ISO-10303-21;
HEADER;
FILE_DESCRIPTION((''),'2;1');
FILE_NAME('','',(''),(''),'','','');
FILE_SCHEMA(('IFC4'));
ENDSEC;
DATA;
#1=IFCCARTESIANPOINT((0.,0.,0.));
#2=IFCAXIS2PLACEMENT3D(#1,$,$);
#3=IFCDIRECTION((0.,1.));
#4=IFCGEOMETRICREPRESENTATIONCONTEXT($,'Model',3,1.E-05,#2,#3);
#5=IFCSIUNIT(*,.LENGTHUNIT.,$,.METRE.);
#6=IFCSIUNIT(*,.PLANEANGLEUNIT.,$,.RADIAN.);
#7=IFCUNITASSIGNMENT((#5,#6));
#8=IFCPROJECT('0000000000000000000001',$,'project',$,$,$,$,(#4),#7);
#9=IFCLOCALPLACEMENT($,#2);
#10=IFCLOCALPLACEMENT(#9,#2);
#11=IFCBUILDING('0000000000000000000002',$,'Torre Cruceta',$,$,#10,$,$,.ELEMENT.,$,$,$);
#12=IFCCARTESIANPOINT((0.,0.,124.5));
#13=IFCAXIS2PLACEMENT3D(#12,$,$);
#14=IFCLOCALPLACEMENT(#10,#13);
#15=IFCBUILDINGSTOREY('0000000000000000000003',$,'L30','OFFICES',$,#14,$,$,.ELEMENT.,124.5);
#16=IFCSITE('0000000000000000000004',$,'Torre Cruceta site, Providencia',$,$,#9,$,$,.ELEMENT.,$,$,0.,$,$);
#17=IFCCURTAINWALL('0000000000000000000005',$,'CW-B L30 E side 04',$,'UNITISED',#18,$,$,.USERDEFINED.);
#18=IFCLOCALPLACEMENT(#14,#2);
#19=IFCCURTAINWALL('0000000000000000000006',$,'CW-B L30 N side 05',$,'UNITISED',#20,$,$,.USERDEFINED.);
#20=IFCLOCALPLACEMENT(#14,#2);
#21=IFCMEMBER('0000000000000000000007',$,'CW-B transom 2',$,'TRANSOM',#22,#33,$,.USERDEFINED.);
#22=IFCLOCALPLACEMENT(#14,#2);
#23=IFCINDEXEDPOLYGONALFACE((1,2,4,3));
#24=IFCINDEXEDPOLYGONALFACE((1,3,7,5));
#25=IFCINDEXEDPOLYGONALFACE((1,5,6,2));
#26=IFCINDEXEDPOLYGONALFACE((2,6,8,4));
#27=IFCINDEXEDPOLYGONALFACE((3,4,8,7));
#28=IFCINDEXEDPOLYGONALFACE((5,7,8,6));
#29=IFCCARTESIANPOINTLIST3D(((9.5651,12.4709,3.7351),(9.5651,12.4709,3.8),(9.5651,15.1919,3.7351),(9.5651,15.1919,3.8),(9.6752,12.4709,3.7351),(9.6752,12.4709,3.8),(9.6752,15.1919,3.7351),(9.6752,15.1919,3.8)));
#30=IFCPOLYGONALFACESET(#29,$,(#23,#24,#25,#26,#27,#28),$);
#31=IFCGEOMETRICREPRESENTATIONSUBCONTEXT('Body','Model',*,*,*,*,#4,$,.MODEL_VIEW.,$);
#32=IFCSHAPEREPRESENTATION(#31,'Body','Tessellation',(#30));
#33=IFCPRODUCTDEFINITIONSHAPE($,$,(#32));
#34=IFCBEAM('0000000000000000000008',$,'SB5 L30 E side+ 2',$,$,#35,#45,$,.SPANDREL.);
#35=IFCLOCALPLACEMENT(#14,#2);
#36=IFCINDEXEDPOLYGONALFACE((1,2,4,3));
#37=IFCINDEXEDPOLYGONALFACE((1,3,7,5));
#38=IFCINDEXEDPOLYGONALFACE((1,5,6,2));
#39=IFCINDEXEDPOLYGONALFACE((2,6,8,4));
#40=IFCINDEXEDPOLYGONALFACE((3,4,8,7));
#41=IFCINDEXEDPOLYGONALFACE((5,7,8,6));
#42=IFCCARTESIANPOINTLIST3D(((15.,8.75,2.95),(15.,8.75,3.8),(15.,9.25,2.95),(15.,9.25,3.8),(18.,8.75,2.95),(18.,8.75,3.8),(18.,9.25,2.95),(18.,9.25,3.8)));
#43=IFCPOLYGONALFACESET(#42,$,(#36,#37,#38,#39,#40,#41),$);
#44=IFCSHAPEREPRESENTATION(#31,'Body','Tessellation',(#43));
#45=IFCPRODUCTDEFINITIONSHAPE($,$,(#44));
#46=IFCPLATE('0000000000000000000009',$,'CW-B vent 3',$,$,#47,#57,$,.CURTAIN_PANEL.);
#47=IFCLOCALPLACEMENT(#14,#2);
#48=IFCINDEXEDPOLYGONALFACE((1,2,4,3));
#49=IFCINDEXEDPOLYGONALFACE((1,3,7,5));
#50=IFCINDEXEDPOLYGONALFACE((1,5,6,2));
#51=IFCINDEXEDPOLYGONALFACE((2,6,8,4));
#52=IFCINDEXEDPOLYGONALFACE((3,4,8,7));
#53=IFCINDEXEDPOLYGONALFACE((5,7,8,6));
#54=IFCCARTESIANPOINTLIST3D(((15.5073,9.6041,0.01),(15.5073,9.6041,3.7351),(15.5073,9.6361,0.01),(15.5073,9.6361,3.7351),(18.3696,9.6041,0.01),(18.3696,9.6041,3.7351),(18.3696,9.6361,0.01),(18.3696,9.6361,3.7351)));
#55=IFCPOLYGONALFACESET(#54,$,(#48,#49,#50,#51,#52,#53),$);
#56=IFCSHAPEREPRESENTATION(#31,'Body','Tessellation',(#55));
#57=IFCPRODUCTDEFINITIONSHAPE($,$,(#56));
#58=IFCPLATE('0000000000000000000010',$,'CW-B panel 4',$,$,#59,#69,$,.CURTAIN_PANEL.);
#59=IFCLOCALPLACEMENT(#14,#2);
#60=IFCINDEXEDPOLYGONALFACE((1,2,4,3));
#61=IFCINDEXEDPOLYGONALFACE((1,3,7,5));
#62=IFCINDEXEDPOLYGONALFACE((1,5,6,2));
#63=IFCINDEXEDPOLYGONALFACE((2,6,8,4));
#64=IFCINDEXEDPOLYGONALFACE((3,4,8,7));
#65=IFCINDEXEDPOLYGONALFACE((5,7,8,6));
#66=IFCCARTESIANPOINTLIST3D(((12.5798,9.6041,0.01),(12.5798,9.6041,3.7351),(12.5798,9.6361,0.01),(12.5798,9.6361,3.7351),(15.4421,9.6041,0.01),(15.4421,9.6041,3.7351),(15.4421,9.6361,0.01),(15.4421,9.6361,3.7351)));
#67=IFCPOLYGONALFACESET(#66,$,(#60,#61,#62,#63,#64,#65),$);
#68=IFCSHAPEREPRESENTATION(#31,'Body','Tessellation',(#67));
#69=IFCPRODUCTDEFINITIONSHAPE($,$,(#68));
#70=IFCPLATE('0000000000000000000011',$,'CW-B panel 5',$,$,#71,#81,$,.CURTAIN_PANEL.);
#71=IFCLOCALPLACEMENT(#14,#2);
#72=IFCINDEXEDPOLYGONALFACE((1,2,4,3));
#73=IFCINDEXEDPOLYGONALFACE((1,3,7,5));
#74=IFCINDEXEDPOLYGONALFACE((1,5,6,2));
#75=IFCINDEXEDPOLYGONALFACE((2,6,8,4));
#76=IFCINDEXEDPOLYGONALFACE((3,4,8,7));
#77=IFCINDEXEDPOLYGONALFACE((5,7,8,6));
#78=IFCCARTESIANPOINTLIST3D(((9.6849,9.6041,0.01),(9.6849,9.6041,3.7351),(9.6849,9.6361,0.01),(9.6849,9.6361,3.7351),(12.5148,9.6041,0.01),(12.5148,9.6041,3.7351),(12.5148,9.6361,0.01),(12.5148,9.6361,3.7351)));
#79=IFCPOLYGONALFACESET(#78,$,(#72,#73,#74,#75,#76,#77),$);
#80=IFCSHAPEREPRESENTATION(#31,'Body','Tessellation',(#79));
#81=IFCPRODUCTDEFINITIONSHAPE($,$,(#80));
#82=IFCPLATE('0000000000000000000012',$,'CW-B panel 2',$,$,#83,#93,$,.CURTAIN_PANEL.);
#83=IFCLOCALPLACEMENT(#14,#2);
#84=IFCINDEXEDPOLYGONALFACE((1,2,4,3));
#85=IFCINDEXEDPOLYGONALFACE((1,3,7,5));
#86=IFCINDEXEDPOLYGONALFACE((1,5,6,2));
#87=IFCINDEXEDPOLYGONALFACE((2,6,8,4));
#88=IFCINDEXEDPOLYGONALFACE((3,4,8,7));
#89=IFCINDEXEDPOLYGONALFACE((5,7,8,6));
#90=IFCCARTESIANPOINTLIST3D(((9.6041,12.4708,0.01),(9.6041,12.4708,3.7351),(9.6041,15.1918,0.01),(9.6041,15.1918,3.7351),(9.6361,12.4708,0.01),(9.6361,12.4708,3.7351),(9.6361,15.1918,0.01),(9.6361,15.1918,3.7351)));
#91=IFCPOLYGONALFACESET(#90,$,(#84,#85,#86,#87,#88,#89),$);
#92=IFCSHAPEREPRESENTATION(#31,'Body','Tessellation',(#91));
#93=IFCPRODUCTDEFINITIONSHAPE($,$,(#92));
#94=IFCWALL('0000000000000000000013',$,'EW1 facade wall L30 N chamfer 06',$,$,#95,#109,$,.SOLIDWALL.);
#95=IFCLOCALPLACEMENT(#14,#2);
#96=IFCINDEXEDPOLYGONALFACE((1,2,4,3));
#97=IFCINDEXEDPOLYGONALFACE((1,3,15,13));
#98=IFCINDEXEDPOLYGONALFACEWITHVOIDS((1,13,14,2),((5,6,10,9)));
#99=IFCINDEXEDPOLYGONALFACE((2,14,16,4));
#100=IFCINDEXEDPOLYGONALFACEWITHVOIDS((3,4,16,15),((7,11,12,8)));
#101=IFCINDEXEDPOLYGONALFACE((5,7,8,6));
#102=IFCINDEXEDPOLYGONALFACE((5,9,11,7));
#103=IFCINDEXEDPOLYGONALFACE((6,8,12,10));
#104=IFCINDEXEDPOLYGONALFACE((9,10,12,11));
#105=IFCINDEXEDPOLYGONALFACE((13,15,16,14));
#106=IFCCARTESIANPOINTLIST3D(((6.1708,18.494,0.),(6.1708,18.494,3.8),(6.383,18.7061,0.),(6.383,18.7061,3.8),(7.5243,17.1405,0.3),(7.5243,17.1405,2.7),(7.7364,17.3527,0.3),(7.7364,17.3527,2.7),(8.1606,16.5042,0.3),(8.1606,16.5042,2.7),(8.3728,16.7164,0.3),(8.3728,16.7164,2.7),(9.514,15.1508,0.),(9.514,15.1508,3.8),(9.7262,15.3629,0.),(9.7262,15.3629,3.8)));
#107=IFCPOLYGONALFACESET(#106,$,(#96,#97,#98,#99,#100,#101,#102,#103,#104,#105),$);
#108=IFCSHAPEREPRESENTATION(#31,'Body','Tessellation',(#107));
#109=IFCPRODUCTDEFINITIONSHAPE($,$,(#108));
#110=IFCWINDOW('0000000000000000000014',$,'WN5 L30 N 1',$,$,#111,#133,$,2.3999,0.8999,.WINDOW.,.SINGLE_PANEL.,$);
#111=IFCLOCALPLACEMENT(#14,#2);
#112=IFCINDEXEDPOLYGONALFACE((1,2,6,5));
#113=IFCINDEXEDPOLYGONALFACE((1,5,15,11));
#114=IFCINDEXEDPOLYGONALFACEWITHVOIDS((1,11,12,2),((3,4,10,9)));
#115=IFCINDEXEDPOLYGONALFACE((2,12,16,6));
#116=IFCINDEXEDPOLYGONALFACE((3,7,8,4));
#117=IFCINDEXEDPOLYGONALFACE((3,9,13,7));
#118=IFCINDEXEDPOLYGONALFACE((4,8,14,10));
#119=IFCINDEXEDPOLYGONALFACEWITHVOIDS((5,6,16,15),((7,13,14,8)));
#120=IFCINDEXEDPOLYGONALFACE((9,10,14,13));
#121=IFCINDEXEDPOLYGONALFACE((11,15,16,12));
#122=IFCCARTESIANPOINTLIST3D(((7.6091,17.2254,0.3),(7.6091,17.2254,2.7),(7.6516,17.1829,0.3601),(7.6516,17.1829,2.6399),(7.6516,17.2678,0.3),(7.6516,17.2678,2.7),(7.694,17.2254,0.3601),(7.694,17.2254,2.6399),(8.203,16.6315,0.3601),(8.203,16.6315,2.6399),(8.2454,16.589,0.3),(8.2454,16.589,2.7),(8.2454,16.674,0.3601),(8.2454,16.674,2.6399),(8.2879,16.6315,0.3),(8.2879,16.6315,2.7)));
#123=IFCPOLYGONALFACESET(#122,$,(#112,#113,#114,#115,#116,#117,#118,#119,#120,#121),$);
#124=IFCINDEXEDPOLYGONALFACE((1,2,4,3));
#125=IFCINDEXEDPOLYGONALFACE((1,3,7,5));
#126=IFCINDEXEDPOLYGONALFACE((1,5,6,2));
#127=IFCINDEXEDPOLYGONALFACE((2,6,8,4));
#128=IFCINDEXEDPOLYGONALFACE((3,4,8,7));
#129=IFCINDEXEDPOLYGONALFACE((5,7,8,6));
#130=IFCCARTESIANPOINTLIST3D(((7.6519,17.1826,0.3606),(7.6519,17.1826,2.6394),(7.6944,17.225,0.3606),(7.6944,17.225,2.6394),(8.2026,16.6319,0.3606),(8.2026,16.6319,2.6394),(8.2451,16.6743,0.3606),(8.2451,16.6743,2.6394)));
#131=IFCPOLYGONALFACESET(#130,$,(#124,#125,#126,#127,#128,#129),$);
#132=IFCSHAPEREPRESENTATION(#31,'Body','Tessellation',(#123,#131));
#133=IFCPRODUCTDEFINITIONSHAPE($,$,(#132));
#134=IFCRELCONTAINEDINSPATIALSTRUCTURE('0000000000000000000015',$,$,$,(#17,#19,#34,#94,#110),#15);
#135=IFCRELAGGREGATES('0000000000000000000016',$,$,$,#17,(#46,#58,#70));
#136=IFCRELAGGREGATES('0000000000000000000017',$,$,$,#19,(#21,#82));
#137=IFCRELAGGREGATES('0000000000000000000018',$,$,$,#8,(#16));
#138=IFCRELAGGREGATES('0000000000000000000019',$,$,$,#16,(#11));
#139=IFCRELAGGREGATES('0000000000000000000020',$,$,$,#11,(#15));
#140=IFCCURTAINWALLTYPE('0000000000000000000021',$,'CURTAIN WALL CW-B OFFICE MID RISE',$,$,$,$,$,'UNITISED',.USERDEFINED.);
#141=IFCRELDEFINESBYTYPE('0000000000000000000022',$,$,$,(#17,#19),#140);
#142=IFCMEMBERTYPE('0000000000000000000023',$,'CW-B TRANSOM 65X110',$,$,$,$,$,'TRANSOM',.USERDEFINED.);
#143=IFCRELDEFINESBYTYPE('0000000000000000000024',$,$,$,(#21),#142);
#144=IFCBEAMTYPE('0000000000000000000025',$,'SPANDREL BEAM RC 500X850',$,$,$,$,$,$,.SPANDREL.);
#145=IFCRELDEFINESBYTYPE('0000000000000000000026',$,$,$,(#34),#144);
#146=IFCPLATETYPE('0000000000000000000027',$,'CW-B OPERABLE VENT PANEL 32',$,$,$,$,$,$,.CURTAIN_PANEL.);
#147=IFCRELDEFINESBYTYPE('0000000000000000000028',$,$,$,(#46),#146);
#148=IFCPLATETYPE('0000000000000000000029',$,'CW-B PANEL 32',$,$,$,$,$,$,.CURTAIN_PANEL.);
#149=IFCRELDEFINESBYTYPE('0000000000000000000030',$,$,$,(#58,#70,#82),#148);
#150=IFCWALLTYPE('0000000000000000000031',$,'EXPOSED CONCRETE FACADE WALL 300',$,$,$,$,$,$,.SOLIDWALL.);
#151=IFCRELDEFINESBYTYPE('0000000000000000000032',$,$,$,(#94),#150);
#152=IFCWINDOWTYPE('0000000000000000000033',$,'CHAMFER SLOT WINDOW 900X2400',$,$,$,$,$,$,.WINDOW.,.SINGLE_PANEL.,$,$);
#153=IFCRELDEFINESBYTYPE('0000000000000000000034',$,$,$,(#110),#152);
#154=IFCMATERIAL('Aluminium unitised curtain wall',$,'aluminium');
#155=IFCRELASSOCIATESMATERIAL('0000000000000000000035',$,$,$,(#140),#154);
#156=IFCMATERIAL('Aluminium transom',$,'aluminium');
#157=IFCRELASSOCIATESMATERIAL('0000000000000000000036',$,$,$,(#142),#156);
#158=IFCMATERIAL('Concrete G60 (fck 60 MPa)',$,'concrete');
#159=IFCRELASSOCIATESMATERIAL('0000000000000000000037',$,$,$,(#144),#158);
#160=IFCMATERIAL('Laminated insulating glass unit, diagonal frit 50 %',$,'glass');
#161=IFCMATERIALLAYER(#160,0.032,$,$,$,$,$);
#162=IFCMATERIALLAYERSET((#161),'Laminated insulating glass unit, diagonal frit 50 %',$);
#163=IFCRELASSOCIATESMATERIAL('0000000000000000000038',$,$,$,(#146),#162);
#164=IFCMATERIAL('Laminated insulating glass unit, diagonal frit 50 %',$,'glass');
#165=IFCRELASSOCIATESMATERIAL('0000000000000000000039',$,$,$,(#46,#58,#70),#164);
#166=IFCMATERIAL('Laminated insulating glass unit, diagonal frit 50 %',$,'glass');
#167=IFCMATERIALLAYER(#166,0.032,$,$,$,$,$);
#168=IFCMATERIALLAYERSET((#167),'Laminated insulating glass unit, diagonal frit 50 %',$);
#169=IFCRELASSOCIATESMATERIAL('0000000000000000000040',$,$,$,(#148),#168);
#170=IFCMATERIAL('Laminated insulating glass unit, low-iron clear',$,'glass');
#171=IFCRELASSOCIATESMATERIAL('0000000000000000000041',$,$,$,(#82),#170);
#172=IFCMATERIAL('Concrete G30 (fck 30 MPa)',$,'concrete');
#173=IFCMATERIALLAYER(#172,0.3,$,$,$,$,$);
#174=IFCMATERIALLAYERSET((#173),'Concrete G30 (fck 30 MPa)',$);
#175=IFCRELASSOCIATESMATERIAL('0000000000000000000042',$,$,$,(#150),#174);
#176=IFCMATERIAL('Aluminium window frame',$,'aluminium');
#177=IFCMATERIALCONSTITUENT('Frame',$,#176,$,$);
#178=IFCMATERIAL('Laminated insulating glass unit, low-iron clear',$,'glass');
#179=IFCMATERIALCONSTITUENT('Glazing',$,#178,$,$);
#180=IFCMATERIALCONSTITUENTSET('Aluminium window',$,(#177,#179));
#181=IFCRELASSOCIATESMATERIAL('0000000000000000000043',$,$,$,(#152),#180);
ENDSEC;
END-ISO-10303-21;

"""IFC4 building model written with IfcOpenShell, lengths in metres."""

from ifc_helpers import new_model, si_unit, direction, frame, frame_2d, origin, origin_2d, place, context, subcontext, project, spatial, rectangle, hollow_rectangle, extrude, material, layer, layer_set, constituent, constituent_set, material_profile, profile_set, type_object, element, fill, aggregate, save


model = new_model("IFC4")

# Units and contexts
model_context = context("Model", 3, precision=1e-05, world=origin(), true_north=direction((0.0, 1.0)))
body_context = subcontext(model_context, "Body", "Model", "MODEL_VIEW")
ifc_project = project(units=[si_unit("LENGTHUNIT", "METRE"), si_unit("PLANEANGLEUNIT", "RADIAN")], contexts=[model_context])

# Site, building, storey
site_placement = place(None, origin())
site = spatial("IfcSite", under=ifc_project, at=site_placement, Name="Torre Cruceta site, Providencia", CompositionType="ELEMENT", RefElevation=0.0)
building_placement = place(site_placement, origin())
building = spatial("IfcBuilding", under=site, at=building_placement, Name="Torre Cruceta", CompositionType="ELEMENT")
storey_placement = place(building_placement, frame((0.0, 0.0, 124.5)))
storey = spatial("IfcBuildingStorey", under=building, at=storey_placement, Name="L30", Description="OFFICES", CompositionType="ELEMENT", Elevation=124.5)

# Curtain walls
ifc_material_1 = material(Name="Aluminium unitised curtain wall", Category="aluminium")
curtain_wall_type = type_object("IfcCurtainWallType", Name="CURTAIN WALL CW-B OFFICE MID RISE", ElementType="UNITISED", PredefinedType="USERDEFINED", material=ifc_material_1)
curtain_wall_1_placement = place(storey_placement, origin())
curtain_wall_1 = element("IfcCurtainWall", 1, at=curtain_wall_1_placement, inside=storey, type_object=curtain_wall_type, Name="CW-B L30 E side 04", ObjectType="UNITISED", PredefinedType="USERDEFINED")
curtain_wall_2_placement = place(storey_placement, origin())
curtain_wall_2 = element("IfcCurtainWall", 2, at=curtain_wall_2_placement, inside=storey, type_object=curtain_wall_type, Name="CW-B L30 N side 05", ObjectType="UNITISED", PredefinedType="USERDEFINED")

# Member
ifc_material_2 = material(Name="Aluminium transom", Category="aluminium")
ifc_material_profile_1 = material_profile(ifc_material_2, rectangle(XDim=0.1101, YDim=0.0649, at=origin_2d()), Name="AL 110X65")
ifc_profile_set_1 = profile_set([ifc_material_profile_1], Name="Aluminium transom")
member_type_1 = type_object("IfcMemberType", Name="CW-B TRANSOM 65X110", ElementType="TRANSOM", PredefinedType="USERDEFINED", material=ifc_profile_set_1)
member_1_placement = place(storey_placement, frame((9.6201, 12.4709, 3.7676), z_axis=(0.0, 1.0, 0.0), x_axis=(-1.0, 0.0, 0.0)))
member_1 = element("IfcMember", 3, at=member_1_placement, type_object=member_type_1, Name="CW-B transom 2", ObjectType="TRANSOM", PredefinedType="USERDEFINED", context=body_context, shape_type="SweptSolid", body=[
    extrude(rectangle(XDim=0.1101, YDim=0.0649, at=origin_2d()), origin(), (0.0, 0.0, 1.0), 2.7209),
])

# Beam
ifc_material_3 = material(Name="Concrete G60 (fck 60 MPa)", Category="concrete")
ifc_material_profile_2 = material_profile(ifc_material_3, rectangle(XDim=0.5, YDim=0.8501, at=origin_2d()), Name="RC 500X850")
ifc_profile_set_2 = profile_set([ifc_material_profile_2], Name="Concrete G60 (fck 60 MPa)")
beam_type_1 = type_object("IfcBeamType", Name="SPANDREL BEAM RC 500X850", PredefinedType="SPANDREL", material=ifc_profile_set_2)
beam_1_placement = place(storey_placement, frame((15.0, 9.0, 3.375), z_axis=(1.0, 0.0, 0.0), x_axis=(0.0, 1.0, 0.0)))
element("IfcBeam", 4, at=beam_1_placement, inside=storey, type_object=beam_type_1, Name="SB5 L30 E side+ 2", PredefinedType="SPANDREL", context=body_context, shape_type="SweptSolid", body=[
    extrude(rectangle(XDim=0.5, YDim=0.8501, at=origin_2d()), origin(), (0.0, 0.0, 1.0), 3.0),
])

# Plates
ifc_material_4 = material(Name="Laminated insulating glass unit, diagonal frit 50 %", Category="glass")
ifc_material_5 = material(Name="Laminated insulating glass unit, diagonal frit 50 %", Category="glass")
ifc_layer_1 = layer(ifc_material_5, 0.032)
ifc_layer_set_1 = layer_set([ifc_layer_1], Name="Laminated insulating glass unit, diagonal frit 50 %")
plate_type_1 = type_object("IfcPlateType", Name="CW-B OPERABLE VENT PANEL 32", PredefinedType="CURTAIN_PANEL", material=ifc_layer_set_1)
plate_1_placement = place(storey_placement, frame((16.9385, 9.6201, 0.01), z_axis=(0.0, 0.0, 1.0), x_axis=(-1.0, 0.0, 0.0)))
plate_1 = element("IfcPlate", 5, at=plate_1_placement, type_object=plate_type_1, material=ifc_material_4, Name="CW-B vent 3", PredefinedType="CURTAIN_PANEL", context=body_context, shape_type="SweptSolid", body=[
    extrude(rectangle(XDim=2.8623, YDim=0.032, at=origin_2d()), origin(), (0.0, 0.0, 1.0), 3.7251),
])
ifc_material_6 = material(Name="Laminated insulating glass unit, diagonal frit 50 %", Category="glass")
ifc_layer_2 = layer(ifc_material_6, 0.032)
ifc_layer_set_2 = layer_set([ifc_layer_2], Name="Laminated insulating glass unit, diagonal frit 50 %")
plate_type_2 = type_object("IfcPlateType", Name="CW-B PANEL 32", PredefinedType="CURTAIN_PANEL", material=ifc_layer_set_2)
plate_2_placement = place(storey_placement, frame((14.011, 9.6201, 0.01), z_axis=(0.0, 0.0, 1.0), x_axis=(-1.0, 0.0, 0.0)))
plate_2 = element("IfcPlate", 6, at=plate_2_placement, type_object=plate_type_2, material=ifc_material_4, Name="CW-B panel 4", PredefinedType="CURTAIN_PANEL", context=body_context, shape_type="SweptSolid", body=[
    extrude(rectangle(XDim=2.8623, YDim=0.032, at=origin_2d()), origin(), (0.0, 0.0, 1.0), 3.7251),
])
plate_3_placement = place(storey_placement, frame((11.0999, 9.6201, 0.01), z_axis=(0.0, 0.0, 1.0), x_axis=(-1.0, 0.0, 0.0)))
plate_3 = element("IfcPlate", 7, at=plate_3_placement, type_object=plate_type_2, material=ifc_material_4, Name="CW-B panel 5", PredefinedType="CURTAIN_PANEL", context=body_context, shape_type="SweptSolid", body=[
    extrude(rectangle(XDim=2.8298, YDim=0.032, at=origin_2d()), origin(), (0.0, 0.0, 1.0), 3.7251),
])
aggregate(curtain_wall_1, [plate_1, plate_2, plate_3])
ifc_material_7 = material(Name="Laminated insulating glass unit, low-iron clear", Category="glass")
plate_4_placement = place(storey_placement, frame((9.6201, 13.8313, 0.01), z_axis=(0.0, 0.0, 1.0), x_axis=(0.0, 1.0, 0.0)))
plate_4 = element("IfcPlate", 8, at=plate_4_placement, type_object=plate_type_2, material=ifc_material_7, Name="CW-B panel 2", PredefinedType="CURTAIN_PANEL", context=body_context, shape_type="SweptSolid", body=[
    extrude(rectangle(XDim=2.7209, YDim=0.032, at=origin_2d()), origin(), (0.0, 0.0, 1.0), 3.7251),
])
aggregate(curtain_wall_2, [member_1, plate_4])

# Wall, opening, window
ifc_material_8 = material(Name="Concrete G30 (fck 30 MPa)", Category="concrete")
ifc_layer_3 = layer(ifc_material_8, 0.3)
ifc_layer_set_3 = layer_set([ifc_layer_3], Name="Concrete G30 (fck 30 MPa)")
wall_type_1 = type_object("IfcWallType", Name="EXPOSED CONCRETE FACADE WALL 300", PredefinedType="SOLIDWALL", material=ifc_layer_set_3)
wall_1_placement = place(storey_placement, frame((9.6201, 15.2568, 0.0), z_axis=(0.0, 0.0, 1.0), x_axis=(-0.707107, 0.707107, 0.0)))
wall_1 = element("IfcWall", 9, at=wall_1_placement, inside=storey, type_object=wall_type_1, Name="EW1 facade wall L30 N chamfer 06", PredefinedType="SOLIDWALL", context=body_context, shape_type="SweptSolid", body=[
    extrude(rectangle(XDim=4.728, YDim=0.3, at=frame_2d((2.364, 0.0))), origin(), (0.0, 0.0, 1.0), 3.8),
])
opening_1_placement = place(wall_1_placement, frame((1.9141, 0.0, 0.3)))
opening_1 = element("IfcOpeningElement", 10, at=opening_1_placement, cuts=wall_1, PredefinedType="OPENING", context=body_context, shape_type="SweptSolid", body=[
    extrude(rectangle(XDim=0.8999, YDim=2.3999, at=frame_2d((0.45, 1.2))), frame((0.0, 0.1599, 0.0), z_axis=(0.0, -1.0, 0.0), x_axis=(1.0, 0.0, 0.0)), (0.0, 0.0, 1.0), 0.3201),
])
ifc_material_9 = material(Name="Aluminium window frame", Category="aluminium")
ifc_constituent_1 = constituent(ifc_material_9, Name="Frame")
ifc_material_10 = material(Name="Laminated insulating glass unit, low-iron clear", Category="glass")
ifc_constituent_2 = constituent(ifc_material_10, Name="Glazing")
ifc_constituent_set_1 = constituent_set(constituents=[ifc_constituent_1, ifc_constituent_2], Name="Aluminium window")
window_type = type_object("IfcWindowType", Name="CHAMFER SLOT WINDOW 900X2400", PartitioningType="SINGLE_PANEL", PredefinedType="WINDOW", material=ifc_constituent_set_1)
window_placement = place(opening_1_placement, origin())
window = element("IfcWindow", 11, at=window_placement, inside=storey, type_object=window_type, Name="WN5 L30 N 1", OverallHeight=2.3999, OverallWidth=0.8999, PartitioningType="SINGLE_PANEL", PredefinedType="WINDOW", context=body_context, shape_type="SweptSolid", body=[
    extrude(hollow_rectangle(XDim=0.8999, YDim=2.3999, WallThickness=0.0601, at=frame_2d((0.45, 1.2))), frame((0.0, 0.03, 0.0), z_axis=(0.0, -1.0, 0.0), x_axis=(1.0, 0.0, 0.0)), (0.0, 0.0, 1.0), 0.0601),
    extrude(rectangle(XDim=0.7788, YDim=2.2788, at=frame_2d((0.45, 1.2))), frame((0.0, 0.03, 0.0), z_axis=(0.0, -1.0, 0.0), x_axis=(1.0, 0.0, 0.0)), (0.0, 0.0, 1.0), 0.0601),
])
fill(opening_1, window)

save(model, "model.ifc")
